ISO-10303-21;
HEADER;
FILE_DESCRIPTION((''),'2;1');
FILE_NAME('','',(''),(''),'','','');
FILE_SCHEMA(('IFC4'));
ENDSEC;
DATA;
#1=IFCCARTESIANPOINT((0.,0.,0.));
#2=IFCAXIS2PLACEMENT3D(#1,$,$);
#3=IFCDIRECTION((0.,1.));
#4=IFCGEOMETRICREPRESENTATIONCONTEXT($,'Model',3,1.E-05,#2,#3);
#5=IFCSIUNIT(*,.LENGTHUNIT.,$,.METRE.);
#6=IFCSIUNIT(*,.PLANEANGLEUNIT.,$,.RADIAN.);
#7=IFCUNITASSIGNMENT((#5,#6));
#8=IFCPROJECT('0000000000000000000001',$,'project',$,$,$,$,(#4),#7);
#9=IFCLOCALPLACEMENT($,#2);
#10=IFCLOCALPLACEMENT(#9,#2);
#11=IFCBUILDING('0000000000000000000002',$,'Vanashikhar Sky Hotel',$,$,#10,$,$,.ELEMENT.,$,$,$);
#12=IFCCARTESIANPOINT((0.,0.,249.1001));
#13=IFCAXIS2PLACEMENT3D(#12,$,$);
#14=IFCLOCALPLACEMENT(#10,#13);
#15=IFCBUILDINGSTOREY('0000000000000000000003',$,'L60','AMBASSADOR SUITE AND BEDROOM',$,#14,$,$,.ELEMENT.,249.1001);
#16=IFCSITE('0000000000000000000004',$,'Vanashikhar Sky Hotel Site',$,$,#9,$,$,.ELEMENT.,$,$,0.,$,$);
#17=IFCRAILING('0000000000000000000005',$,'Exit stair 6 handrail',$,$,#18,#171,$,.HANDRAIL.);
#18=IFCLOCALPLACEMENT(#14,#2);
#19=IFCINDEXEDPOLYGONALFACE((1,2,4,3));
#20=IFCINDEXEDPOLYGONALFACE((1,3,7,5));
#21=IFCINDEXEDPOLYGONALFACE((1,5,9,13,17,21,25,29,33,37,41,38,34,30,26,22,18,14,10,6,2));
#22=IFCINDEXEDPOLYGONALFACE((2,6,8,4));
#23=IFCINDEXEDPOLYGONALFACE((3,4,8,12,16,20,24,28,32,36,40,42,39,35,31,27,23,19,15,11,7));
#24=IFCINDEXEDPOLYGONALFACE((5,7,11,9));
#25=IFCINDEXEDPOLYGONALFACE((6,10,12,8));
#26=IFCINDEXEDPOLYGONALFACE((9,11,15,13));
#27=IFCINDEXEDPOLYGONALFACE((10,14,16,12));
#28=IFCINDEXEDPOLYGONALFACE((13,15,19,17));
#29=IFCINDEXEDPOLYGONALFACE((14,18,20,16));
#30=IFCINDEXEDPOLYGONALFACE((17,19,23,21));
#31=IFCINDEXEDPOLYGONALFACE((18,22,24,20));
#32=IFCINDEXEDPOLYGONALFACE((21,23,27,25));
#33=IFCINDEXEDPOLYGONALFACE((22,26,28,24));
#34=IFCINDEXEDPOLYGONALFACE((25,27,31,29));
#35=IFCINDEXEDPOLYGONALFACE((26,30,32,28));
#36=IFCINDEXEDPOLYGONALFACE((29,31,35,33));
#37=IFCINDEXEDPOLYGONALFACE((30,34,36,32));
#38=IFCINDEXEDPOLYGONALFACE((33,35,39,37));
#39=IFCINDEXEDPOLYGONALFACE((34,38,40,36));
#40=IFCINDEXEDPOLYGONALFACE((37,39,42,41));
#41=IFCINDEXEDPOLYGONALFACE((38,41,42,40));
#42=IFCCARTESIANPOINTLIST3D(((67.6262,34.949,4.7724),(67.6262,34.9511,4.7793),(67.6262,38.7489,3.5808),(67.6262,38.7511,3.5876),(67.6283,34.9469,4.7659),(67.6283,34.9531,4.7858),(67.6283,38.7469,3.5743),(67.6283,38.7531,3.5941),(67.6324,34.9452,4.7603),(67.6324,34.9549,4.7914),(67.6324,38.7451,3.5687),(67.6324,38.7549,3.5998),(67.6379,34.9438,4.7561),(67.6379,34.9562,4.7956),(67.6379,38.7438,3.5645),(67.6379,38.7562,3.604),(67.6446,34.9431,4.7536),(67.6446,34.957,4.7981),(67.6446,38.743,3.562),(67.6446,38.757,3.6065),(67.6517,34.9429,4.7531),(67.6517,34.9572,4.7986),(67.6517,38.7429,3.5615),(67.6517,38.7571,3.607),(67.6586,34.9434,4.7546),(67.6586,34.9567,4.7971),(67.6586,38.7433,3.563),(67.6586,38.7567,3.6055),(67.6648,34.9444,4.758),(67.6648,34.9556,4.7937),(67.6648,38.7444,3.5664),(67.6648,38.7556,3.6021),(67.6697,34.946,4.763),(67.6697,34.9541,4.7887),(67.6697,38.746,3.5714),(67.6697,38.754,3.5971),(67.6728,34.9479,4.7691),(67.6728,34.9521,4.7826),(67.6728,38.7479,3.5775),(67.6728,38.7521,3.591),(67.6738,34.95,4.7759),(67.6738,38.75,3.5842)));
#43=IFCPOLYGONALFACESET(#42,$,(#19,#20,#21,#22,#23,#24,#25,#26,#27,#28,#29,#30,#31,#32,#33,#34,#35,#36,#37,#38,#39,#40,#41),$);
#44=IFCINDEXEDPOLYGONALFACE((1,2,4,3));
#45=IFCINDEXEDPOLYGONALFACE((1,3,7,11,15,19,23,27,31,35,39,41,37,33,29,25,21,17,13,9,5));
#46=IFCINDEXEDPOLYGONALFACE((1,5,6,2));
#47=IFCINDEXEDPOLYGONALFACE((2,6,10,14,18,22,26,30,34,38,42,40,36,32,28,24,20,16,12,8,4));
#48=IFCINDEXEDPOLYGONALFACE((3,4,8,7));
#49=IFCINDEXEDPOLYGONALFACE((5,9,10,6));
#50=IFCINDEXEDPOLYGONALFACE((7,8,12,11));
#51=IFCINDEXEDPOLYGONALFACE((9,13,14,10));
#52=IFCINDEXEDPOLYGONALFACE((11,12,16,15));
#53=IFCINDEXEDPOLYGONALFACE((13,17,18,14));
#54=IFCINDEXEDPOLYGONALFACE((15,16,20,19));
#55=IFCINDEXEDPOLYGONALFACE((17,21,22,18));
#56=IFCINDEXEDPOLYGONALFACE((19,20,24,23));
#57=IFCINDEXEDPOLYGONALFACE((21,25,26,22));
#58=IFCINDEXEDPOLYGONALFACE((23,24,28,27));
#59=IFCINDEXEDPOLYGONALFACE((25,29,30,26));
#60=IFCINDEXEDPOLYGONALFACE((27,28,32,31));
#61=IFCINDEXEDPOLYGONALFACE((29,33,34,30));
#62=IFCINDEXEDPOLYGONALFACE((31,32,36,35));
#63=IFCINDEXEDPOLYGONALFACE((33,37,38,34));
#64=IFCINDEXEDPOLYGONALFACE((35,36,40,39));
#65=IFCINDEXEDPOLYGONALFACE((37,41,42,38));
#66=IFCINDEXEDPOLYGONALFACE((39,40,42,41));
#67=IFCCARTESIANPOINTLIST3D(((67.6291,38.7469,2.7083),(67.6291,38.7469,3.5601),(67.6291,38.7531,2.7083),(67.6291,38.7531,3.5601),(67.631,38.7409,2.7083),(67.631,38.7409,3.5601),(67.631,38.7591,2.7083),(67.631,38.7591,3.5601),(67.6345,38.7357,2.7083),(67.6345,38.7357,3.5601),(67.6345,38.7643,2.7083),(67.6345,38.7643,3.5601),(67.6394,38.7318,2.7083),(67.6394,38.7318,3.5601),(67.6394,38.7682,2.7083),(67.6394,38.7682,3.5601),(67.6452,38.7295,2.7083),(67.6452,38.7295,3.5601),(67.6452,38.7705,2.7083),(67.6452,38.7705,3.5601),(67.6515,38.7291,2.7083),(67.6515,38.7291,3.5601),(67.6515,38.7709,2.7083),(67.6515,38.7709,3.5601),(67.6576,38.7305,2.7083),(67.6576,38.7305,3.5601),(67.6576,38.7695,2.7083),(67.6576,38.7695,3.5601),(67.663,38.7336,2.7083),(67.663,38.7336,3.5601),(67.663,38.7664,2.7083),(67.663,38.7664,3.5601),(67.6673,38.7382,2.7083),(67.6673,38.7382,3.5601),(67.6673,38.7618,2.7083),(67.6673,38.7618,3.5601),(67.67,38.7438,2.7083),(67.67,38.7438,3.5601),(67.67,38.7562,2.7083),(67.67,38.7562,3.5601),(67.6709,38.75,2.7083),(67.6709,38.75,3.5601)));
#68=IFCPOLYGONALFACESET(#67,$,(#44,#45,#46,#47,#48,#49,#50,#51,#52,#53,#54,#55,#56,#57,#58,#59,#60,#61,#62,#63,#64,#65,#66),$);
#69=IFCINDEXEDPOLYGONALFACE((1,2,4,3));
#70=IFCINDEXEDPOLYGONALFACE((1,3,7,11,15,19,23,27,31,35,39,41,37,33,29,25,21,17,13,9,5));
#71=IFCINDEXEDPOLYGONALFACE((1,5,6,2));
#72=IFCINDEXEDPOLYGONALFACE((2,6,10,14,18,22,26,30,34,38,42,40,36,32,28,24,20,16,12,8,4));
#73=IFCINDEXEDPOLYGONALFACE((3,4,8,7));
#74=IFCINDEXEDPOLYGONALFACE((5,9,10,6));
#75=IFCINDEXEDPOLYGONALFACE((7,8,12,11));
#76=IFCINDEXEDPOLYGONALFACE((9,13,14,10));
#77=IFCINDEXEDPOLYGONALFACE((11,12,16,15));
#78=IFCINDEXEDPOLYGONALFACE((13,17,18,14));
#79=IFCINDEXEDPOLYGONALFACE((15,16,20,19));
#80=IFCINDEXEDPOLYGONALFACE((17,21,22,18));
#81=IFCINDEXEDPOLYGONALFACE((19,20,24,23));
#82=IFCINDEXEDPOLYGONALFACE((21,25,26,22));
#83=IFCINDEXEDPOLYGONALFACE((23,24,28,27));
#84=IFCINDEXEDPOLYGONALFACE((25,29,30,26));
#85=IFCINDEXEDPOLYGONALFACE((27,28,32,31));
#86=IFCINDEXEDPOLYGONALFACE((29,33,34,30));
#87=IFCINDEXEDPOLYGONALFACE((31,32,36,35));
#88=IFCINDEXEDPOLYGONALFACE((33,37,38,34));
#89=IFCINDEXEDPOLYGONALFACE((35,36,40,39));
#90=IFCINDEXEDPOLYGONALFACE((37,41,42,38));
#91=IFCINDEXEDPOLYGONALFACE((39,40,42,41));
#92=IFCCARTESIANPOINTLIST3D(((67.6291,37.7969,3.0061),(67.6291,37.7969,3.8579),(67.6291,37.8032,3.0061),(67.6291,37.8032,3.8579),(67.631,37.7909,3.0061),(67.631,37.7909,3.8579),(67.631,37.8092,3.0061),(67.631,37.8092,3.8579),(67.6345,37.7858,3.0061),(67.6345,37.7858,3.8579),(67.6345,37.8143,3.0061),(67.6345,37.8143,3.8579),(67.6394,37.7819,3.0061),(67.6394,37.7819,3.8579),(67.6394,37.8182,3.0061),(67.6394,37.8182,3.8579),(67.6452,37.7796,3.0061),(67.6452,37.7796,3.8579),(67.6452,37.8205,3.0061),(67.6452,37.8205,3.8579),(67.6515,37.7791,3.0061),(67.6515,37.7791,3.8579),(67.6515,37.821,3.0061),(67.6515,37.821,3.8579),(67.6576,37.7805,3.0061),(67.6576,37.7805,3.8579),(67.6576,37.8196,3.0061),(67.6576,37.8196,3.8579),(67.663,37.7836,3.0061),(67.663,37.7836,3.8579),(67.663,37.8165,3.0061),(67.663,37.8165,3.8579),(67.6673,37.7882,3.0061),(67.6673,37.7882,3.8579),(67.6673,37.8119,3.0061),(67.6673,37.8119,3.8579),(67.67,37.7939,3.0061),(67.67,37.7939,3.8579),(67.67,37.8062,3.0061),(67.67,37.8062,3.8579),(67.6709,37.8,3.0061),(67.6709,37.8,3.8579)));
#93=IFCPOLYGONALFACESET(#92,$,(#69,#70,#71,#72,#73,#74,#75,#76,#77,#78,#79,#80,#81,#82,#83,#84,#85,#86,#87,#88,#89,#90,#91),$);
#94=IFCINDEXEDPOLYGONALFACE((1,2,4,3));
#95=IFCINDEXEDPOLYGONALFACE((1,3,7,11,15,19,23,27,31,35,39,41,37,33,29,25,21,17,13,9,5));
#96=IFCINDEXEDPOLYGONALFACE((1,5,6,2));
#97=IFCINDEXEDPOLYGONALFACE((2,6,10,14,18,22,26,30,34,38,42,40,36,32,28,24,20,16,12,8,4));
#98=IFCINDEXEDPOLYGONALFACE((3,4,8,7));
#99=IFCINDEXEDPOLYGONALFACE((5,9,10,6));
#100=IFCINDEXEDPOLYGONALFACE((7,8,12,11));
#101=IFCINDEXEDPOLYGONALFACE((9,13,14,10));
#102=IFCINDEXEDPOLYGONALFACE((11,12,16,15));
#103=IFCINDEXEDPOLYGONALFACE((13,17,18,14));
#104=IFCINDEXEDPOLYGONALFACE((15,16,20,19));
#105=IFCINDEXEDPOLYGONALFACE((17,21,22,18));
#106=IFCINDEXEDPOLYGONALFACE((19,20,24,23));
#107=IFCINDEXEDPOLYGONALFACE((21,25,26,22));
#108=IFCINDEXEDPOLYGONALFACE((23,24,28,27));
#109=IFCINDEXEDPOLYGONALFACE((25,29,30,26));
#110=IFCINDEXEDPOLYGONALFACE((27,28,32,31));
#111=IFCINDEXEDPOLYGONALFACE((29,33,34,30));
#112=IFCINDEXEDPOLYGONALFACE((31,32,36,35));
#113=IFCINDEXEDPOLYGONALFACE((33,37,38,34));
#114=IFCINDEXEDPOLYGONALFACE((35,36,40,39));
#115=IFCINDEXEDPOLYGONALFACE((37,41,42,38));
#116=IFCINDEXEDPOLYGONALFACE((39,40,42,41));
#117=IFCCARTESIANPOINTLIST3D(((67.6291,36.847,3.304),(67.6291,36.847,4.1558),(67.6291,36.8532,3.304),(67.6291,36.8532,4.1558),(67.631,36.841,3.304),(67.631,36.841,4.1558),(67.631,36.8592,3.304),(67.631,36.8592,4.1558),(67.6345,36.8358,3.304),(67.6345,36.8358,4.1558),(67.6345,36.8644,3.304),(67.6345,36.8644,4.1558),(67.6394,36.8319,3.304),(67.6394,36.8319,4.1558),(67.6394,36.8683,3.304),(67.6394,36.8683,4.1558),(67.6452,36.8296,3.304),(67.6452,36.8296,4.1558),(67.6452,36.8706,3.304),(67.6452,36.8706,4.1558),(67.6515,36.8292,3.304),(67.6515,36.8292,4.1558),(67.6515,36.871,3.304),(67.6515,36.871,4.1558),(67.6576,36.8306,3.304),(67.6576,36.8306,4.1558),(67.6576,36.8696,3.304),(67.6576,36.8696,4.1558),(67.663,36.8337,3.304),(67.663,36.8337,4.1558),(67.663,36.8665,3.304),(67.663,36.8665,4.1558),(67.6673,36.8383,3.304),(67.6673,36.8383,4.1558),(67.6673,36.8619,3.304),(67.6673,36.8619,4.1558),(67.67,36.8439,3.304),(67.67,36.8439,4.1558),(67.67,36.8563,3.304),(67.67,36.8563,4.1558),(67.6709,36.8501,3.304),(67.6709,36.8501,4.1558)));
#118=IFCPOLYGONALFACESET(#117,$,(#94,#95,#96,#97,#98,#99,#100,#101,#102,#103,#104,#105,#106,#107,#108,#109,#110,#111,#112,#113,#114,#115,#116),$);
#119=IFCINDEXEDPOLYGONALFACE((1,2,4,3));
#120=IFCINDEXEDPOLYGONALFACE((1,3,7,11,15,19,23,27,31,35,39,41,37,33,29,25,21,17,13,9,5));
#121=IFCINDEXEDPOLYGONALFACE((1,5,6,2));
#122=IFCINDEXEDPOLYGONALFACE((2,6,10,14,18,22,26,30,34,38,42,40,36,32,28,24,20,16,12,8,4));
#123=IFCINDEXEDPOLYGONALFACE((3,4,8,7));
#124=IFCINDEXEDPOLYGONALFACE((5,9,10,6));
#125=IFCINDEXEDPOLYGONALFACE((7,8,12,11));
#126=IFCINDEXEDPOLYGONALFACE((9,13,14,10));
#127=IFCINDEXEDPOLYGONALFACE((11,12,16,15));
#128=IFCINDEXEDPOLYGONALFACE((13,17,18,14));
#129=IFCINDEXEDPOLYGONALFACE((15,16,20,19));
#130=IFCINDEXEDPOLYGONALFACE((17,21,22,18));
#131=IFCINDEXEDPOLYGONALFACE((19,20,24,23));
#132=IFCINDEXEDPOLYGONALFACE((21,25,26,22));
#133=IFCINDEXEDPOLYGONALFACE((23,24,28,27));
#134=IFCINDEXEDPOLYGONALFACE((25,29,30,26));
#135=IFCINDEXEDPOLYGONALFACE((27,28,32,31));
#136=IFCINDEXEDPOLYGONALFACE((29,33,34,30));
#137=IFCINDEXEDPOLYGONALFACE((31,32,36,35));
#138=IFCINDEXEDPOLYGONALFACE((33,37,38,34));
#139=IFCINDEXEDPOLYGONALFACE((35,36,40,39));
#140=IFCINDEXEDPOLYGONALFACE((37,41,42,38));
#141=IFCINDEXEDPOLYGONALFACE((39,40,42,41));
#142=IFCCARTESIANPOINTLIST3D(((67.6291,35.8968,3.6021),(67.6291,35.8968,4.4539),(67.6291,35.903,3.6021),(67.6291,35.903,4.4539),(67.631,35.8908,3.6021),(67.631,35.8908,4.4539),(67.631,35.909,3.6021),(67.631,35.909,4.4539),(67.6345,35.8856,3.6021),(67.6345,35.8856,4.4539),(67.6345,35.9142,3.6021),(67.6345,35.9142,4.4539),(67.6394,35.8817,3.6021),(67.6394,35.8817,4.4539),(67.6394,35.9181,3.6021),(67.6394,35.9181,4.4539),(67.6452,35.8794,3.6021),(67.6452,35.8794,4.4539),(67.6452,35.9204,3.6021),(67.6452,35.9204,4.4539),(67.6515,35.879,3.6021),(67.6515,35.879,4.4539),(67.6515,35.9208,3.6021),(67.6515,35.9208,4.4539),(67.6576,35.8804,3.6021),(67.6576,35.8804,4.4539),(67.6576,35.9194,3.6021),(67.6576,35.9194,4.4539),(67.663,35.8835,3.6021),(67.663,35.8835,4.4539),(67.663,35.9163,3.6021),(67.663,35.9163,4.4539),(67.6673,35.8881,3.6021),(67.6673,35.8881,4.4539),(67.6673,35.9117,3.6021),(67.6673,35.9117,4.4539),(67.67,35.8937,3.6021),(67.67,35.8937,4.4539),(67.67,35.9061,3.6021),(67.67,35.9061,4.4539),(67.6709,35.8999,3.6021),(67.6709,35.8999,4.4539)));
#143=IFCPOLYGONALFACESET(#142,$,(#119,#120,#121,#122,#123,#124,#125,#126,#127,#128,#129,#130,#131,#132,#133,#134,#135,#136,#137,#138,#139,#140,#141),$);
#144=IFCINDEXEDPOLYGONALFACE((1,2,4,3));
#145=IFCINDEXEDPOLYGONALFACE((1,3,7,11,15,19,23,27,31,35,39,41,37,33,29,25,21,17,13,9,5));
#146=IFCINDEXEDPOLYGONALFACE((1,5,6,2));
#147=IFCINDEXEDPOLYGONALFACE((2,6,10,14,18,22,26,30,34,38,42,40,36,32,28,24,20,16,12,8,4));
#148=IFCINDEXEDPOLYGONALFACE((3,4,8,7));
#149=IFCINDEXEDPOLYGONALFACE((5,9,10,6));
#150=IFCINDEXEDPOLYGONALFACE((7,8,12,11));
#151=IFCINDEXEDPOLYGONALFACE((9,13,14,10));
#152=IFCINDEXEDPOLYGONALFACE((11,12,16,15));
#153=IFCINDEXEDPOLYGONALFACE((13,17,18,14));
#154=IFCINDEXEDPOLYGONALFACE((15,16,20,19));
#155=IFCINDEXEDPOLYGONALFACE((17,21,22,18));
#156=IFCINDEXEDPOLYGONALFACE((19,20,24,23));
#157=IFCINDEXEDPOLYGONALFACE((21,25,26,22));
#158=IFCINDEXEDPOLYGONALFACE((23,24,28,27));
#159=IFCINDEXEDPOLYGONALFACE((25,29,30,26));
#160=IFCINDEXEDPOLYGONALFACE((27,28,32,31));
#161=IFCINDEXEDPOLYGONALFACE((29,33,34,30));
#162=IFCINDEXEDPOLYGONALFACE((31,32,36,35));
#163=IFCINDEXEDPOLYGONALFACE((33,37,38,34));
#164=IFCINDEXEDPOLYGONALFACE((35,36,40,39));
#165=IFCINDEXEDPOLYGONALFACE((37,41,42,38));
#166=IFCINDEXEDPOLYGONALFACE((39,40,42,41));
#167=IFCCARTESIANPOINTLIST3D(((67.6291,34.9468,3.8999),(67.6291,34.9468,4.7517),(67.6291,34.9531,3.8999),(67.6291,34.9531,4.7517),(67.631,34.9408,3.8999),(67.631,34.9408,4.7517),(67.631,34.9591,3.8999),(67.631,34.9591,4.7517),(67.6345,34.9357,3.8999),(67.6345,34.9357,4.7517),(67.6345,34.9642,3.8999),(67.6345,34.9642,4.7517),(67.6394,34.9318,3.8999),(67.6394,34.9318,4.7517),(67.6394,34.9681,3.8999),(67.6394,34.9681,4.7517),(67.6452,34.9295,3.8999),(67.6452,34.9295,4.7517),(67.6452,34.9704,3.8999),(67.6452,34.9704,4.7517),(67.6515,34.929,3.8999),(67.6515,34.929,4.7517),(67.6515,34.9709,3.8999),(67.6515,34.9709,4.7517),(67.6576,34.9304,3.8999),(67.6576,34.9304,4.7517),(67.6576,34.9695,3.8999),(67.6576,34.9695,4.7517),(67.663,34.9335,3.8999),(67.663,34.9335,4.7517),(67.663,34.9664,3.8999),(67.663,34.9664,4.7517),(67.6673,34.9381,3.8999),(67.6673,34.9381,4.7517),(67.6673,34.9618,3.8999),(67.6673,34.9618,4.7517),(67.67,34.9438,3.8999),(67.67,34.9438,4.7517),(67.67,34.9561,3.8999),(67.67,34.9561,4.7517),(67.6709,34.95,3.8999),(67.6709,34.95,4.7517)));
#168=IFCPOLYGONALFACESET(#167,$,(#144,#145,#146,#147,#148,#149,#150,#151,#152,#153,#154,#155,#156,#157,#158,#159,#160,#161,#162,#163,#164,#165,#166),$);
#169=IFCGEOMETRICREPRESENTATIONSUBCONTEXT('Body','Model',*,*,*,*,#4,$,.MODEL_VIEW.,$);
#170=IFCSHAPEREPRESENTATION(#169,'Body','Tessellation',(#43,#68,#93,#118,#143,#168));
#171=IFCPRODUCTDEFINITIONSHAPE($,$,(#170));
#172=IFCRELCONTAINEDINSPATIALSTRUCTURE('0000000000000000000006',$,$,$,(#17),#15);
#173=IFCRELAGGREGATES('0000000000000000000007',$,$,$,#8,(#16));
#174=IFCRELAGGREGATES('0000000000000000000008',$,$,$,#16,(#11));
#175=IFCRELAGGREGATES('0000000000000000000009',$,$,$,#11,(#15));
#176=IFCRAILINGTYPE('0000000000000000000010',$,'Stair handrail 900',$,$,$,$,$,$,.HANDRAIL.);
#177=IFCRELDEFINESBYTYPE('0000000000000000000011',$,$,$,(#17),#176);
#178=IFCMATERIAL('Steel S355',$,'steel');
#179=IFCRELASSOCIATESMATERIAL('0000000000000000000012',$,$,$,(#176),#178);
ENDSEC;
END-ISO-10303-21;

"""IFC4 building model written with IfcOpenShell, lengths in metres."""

from ifc_helpers import new_model, si_unit, direction, frame, origin, origin_2d, place, context, subcontext, project, spatial, circle, extrude, source, transform, mapped, material, type_object, element, save


model = new_model("IFC4")

# Units and contexts
model_context = context("Model", 3, precision=1e-05, world=origin(), true_north=direction((0.0, 1.0)))
body_context = subcontext(model_context, "Body", "Model", "MODEL_VIEW")
ifc_project = project(units=[si_unit("LENGTHUNIT", "METRE"), si_unit("PLANEANGLEUNIT", "RADIAN")], contexts=[model_context])

# Site, building, storey
site_placement = place(None, origin())
site = spatial("IfcSite", under=ifc_project, at=site_placement, Name="Vanashikhar Sky Hotel Site", CompositionType="ELEMENT", RefElevation=0.0)
building_placement = place(site_placement, origin())
building = spatial("IfcBuilding", under=site, at=building_placement, Name="Vanashikhar Sky Hotel", CompositionType="ELEMENT")
storey_placement = place(building_placement, frame((0.0, 0.0, 249.1001)))
storey = spatial("IfcBuildingStorey", under=building, at=storey_placement, Name="L60", Description="AMBASSADOR SUITE AND BEDROOM", CompositionType="ELEMENT", Elevation=249.1001)

# Railing
ifc_material_1 = material(Name="Steel S355", Category="steel")
railing_type_1 = type_object("IfcRailingType", Name="Stair handrail 900", PredefinedType="HANDRAIL", material=ifc_material_1)
shared_shape_1 = source(origin(), body_context, "Body", "SweptSolid", [
    extrude(circle(Radius=0.0239, at=origin_2d()), frame((0.0, 0.0, 0.876), z_axis=(0.0, -0.954184, 0.299221), x_axis=(1.0, 0.0, 0.0)), (0.0, 0.0, 1.0), 3.9824),
    extrude(circle(Radius=0.021, at=origin_2d()), origin(), (0.0, 0.0, 1.0), 0.8518),
    extrude(circle(Radius=0.021, at=origin_2d()), frame((0.0, -0.95, 0.2979)), (0.0, 0.0, 1.0), 0.8518),
    extrude(circle(Radius=0.021, at=origin_2d()), frame((0.0, -1.8999, 0.5957)), (0.0, 0.0, 1.0), 0.8518),
    extrude(circle(Radius=0.021, at=origin_2d()), frame((0.0, -2.8501, 0.8938)), (0.0, 0.0, 1.0), 0.8518),
    extrude(circle(Radius=0.021, at=origin_2d()), frame((0.0, -3.8, 1.1917)), (0.0, 0.0, 1.0), 0.8518),
])
for number, where, name in (
    (1, (67.6499, 38.75, 2.7083), "Exit stair 6 handrail"),
):
    element("IfcRailing", number, at=place(storey_placement, frame(where)), inside=storey, type_object=railing_type_1, Name=name, PredefinedType="HANDRAIL", context=body_context, shape_type="MappedRepresentation", body=[
        mapped(shared_shape_1, transform((0.0, 0.0, 0.0), scale=1.0)),
    ])

save(model, "model.ifc")
